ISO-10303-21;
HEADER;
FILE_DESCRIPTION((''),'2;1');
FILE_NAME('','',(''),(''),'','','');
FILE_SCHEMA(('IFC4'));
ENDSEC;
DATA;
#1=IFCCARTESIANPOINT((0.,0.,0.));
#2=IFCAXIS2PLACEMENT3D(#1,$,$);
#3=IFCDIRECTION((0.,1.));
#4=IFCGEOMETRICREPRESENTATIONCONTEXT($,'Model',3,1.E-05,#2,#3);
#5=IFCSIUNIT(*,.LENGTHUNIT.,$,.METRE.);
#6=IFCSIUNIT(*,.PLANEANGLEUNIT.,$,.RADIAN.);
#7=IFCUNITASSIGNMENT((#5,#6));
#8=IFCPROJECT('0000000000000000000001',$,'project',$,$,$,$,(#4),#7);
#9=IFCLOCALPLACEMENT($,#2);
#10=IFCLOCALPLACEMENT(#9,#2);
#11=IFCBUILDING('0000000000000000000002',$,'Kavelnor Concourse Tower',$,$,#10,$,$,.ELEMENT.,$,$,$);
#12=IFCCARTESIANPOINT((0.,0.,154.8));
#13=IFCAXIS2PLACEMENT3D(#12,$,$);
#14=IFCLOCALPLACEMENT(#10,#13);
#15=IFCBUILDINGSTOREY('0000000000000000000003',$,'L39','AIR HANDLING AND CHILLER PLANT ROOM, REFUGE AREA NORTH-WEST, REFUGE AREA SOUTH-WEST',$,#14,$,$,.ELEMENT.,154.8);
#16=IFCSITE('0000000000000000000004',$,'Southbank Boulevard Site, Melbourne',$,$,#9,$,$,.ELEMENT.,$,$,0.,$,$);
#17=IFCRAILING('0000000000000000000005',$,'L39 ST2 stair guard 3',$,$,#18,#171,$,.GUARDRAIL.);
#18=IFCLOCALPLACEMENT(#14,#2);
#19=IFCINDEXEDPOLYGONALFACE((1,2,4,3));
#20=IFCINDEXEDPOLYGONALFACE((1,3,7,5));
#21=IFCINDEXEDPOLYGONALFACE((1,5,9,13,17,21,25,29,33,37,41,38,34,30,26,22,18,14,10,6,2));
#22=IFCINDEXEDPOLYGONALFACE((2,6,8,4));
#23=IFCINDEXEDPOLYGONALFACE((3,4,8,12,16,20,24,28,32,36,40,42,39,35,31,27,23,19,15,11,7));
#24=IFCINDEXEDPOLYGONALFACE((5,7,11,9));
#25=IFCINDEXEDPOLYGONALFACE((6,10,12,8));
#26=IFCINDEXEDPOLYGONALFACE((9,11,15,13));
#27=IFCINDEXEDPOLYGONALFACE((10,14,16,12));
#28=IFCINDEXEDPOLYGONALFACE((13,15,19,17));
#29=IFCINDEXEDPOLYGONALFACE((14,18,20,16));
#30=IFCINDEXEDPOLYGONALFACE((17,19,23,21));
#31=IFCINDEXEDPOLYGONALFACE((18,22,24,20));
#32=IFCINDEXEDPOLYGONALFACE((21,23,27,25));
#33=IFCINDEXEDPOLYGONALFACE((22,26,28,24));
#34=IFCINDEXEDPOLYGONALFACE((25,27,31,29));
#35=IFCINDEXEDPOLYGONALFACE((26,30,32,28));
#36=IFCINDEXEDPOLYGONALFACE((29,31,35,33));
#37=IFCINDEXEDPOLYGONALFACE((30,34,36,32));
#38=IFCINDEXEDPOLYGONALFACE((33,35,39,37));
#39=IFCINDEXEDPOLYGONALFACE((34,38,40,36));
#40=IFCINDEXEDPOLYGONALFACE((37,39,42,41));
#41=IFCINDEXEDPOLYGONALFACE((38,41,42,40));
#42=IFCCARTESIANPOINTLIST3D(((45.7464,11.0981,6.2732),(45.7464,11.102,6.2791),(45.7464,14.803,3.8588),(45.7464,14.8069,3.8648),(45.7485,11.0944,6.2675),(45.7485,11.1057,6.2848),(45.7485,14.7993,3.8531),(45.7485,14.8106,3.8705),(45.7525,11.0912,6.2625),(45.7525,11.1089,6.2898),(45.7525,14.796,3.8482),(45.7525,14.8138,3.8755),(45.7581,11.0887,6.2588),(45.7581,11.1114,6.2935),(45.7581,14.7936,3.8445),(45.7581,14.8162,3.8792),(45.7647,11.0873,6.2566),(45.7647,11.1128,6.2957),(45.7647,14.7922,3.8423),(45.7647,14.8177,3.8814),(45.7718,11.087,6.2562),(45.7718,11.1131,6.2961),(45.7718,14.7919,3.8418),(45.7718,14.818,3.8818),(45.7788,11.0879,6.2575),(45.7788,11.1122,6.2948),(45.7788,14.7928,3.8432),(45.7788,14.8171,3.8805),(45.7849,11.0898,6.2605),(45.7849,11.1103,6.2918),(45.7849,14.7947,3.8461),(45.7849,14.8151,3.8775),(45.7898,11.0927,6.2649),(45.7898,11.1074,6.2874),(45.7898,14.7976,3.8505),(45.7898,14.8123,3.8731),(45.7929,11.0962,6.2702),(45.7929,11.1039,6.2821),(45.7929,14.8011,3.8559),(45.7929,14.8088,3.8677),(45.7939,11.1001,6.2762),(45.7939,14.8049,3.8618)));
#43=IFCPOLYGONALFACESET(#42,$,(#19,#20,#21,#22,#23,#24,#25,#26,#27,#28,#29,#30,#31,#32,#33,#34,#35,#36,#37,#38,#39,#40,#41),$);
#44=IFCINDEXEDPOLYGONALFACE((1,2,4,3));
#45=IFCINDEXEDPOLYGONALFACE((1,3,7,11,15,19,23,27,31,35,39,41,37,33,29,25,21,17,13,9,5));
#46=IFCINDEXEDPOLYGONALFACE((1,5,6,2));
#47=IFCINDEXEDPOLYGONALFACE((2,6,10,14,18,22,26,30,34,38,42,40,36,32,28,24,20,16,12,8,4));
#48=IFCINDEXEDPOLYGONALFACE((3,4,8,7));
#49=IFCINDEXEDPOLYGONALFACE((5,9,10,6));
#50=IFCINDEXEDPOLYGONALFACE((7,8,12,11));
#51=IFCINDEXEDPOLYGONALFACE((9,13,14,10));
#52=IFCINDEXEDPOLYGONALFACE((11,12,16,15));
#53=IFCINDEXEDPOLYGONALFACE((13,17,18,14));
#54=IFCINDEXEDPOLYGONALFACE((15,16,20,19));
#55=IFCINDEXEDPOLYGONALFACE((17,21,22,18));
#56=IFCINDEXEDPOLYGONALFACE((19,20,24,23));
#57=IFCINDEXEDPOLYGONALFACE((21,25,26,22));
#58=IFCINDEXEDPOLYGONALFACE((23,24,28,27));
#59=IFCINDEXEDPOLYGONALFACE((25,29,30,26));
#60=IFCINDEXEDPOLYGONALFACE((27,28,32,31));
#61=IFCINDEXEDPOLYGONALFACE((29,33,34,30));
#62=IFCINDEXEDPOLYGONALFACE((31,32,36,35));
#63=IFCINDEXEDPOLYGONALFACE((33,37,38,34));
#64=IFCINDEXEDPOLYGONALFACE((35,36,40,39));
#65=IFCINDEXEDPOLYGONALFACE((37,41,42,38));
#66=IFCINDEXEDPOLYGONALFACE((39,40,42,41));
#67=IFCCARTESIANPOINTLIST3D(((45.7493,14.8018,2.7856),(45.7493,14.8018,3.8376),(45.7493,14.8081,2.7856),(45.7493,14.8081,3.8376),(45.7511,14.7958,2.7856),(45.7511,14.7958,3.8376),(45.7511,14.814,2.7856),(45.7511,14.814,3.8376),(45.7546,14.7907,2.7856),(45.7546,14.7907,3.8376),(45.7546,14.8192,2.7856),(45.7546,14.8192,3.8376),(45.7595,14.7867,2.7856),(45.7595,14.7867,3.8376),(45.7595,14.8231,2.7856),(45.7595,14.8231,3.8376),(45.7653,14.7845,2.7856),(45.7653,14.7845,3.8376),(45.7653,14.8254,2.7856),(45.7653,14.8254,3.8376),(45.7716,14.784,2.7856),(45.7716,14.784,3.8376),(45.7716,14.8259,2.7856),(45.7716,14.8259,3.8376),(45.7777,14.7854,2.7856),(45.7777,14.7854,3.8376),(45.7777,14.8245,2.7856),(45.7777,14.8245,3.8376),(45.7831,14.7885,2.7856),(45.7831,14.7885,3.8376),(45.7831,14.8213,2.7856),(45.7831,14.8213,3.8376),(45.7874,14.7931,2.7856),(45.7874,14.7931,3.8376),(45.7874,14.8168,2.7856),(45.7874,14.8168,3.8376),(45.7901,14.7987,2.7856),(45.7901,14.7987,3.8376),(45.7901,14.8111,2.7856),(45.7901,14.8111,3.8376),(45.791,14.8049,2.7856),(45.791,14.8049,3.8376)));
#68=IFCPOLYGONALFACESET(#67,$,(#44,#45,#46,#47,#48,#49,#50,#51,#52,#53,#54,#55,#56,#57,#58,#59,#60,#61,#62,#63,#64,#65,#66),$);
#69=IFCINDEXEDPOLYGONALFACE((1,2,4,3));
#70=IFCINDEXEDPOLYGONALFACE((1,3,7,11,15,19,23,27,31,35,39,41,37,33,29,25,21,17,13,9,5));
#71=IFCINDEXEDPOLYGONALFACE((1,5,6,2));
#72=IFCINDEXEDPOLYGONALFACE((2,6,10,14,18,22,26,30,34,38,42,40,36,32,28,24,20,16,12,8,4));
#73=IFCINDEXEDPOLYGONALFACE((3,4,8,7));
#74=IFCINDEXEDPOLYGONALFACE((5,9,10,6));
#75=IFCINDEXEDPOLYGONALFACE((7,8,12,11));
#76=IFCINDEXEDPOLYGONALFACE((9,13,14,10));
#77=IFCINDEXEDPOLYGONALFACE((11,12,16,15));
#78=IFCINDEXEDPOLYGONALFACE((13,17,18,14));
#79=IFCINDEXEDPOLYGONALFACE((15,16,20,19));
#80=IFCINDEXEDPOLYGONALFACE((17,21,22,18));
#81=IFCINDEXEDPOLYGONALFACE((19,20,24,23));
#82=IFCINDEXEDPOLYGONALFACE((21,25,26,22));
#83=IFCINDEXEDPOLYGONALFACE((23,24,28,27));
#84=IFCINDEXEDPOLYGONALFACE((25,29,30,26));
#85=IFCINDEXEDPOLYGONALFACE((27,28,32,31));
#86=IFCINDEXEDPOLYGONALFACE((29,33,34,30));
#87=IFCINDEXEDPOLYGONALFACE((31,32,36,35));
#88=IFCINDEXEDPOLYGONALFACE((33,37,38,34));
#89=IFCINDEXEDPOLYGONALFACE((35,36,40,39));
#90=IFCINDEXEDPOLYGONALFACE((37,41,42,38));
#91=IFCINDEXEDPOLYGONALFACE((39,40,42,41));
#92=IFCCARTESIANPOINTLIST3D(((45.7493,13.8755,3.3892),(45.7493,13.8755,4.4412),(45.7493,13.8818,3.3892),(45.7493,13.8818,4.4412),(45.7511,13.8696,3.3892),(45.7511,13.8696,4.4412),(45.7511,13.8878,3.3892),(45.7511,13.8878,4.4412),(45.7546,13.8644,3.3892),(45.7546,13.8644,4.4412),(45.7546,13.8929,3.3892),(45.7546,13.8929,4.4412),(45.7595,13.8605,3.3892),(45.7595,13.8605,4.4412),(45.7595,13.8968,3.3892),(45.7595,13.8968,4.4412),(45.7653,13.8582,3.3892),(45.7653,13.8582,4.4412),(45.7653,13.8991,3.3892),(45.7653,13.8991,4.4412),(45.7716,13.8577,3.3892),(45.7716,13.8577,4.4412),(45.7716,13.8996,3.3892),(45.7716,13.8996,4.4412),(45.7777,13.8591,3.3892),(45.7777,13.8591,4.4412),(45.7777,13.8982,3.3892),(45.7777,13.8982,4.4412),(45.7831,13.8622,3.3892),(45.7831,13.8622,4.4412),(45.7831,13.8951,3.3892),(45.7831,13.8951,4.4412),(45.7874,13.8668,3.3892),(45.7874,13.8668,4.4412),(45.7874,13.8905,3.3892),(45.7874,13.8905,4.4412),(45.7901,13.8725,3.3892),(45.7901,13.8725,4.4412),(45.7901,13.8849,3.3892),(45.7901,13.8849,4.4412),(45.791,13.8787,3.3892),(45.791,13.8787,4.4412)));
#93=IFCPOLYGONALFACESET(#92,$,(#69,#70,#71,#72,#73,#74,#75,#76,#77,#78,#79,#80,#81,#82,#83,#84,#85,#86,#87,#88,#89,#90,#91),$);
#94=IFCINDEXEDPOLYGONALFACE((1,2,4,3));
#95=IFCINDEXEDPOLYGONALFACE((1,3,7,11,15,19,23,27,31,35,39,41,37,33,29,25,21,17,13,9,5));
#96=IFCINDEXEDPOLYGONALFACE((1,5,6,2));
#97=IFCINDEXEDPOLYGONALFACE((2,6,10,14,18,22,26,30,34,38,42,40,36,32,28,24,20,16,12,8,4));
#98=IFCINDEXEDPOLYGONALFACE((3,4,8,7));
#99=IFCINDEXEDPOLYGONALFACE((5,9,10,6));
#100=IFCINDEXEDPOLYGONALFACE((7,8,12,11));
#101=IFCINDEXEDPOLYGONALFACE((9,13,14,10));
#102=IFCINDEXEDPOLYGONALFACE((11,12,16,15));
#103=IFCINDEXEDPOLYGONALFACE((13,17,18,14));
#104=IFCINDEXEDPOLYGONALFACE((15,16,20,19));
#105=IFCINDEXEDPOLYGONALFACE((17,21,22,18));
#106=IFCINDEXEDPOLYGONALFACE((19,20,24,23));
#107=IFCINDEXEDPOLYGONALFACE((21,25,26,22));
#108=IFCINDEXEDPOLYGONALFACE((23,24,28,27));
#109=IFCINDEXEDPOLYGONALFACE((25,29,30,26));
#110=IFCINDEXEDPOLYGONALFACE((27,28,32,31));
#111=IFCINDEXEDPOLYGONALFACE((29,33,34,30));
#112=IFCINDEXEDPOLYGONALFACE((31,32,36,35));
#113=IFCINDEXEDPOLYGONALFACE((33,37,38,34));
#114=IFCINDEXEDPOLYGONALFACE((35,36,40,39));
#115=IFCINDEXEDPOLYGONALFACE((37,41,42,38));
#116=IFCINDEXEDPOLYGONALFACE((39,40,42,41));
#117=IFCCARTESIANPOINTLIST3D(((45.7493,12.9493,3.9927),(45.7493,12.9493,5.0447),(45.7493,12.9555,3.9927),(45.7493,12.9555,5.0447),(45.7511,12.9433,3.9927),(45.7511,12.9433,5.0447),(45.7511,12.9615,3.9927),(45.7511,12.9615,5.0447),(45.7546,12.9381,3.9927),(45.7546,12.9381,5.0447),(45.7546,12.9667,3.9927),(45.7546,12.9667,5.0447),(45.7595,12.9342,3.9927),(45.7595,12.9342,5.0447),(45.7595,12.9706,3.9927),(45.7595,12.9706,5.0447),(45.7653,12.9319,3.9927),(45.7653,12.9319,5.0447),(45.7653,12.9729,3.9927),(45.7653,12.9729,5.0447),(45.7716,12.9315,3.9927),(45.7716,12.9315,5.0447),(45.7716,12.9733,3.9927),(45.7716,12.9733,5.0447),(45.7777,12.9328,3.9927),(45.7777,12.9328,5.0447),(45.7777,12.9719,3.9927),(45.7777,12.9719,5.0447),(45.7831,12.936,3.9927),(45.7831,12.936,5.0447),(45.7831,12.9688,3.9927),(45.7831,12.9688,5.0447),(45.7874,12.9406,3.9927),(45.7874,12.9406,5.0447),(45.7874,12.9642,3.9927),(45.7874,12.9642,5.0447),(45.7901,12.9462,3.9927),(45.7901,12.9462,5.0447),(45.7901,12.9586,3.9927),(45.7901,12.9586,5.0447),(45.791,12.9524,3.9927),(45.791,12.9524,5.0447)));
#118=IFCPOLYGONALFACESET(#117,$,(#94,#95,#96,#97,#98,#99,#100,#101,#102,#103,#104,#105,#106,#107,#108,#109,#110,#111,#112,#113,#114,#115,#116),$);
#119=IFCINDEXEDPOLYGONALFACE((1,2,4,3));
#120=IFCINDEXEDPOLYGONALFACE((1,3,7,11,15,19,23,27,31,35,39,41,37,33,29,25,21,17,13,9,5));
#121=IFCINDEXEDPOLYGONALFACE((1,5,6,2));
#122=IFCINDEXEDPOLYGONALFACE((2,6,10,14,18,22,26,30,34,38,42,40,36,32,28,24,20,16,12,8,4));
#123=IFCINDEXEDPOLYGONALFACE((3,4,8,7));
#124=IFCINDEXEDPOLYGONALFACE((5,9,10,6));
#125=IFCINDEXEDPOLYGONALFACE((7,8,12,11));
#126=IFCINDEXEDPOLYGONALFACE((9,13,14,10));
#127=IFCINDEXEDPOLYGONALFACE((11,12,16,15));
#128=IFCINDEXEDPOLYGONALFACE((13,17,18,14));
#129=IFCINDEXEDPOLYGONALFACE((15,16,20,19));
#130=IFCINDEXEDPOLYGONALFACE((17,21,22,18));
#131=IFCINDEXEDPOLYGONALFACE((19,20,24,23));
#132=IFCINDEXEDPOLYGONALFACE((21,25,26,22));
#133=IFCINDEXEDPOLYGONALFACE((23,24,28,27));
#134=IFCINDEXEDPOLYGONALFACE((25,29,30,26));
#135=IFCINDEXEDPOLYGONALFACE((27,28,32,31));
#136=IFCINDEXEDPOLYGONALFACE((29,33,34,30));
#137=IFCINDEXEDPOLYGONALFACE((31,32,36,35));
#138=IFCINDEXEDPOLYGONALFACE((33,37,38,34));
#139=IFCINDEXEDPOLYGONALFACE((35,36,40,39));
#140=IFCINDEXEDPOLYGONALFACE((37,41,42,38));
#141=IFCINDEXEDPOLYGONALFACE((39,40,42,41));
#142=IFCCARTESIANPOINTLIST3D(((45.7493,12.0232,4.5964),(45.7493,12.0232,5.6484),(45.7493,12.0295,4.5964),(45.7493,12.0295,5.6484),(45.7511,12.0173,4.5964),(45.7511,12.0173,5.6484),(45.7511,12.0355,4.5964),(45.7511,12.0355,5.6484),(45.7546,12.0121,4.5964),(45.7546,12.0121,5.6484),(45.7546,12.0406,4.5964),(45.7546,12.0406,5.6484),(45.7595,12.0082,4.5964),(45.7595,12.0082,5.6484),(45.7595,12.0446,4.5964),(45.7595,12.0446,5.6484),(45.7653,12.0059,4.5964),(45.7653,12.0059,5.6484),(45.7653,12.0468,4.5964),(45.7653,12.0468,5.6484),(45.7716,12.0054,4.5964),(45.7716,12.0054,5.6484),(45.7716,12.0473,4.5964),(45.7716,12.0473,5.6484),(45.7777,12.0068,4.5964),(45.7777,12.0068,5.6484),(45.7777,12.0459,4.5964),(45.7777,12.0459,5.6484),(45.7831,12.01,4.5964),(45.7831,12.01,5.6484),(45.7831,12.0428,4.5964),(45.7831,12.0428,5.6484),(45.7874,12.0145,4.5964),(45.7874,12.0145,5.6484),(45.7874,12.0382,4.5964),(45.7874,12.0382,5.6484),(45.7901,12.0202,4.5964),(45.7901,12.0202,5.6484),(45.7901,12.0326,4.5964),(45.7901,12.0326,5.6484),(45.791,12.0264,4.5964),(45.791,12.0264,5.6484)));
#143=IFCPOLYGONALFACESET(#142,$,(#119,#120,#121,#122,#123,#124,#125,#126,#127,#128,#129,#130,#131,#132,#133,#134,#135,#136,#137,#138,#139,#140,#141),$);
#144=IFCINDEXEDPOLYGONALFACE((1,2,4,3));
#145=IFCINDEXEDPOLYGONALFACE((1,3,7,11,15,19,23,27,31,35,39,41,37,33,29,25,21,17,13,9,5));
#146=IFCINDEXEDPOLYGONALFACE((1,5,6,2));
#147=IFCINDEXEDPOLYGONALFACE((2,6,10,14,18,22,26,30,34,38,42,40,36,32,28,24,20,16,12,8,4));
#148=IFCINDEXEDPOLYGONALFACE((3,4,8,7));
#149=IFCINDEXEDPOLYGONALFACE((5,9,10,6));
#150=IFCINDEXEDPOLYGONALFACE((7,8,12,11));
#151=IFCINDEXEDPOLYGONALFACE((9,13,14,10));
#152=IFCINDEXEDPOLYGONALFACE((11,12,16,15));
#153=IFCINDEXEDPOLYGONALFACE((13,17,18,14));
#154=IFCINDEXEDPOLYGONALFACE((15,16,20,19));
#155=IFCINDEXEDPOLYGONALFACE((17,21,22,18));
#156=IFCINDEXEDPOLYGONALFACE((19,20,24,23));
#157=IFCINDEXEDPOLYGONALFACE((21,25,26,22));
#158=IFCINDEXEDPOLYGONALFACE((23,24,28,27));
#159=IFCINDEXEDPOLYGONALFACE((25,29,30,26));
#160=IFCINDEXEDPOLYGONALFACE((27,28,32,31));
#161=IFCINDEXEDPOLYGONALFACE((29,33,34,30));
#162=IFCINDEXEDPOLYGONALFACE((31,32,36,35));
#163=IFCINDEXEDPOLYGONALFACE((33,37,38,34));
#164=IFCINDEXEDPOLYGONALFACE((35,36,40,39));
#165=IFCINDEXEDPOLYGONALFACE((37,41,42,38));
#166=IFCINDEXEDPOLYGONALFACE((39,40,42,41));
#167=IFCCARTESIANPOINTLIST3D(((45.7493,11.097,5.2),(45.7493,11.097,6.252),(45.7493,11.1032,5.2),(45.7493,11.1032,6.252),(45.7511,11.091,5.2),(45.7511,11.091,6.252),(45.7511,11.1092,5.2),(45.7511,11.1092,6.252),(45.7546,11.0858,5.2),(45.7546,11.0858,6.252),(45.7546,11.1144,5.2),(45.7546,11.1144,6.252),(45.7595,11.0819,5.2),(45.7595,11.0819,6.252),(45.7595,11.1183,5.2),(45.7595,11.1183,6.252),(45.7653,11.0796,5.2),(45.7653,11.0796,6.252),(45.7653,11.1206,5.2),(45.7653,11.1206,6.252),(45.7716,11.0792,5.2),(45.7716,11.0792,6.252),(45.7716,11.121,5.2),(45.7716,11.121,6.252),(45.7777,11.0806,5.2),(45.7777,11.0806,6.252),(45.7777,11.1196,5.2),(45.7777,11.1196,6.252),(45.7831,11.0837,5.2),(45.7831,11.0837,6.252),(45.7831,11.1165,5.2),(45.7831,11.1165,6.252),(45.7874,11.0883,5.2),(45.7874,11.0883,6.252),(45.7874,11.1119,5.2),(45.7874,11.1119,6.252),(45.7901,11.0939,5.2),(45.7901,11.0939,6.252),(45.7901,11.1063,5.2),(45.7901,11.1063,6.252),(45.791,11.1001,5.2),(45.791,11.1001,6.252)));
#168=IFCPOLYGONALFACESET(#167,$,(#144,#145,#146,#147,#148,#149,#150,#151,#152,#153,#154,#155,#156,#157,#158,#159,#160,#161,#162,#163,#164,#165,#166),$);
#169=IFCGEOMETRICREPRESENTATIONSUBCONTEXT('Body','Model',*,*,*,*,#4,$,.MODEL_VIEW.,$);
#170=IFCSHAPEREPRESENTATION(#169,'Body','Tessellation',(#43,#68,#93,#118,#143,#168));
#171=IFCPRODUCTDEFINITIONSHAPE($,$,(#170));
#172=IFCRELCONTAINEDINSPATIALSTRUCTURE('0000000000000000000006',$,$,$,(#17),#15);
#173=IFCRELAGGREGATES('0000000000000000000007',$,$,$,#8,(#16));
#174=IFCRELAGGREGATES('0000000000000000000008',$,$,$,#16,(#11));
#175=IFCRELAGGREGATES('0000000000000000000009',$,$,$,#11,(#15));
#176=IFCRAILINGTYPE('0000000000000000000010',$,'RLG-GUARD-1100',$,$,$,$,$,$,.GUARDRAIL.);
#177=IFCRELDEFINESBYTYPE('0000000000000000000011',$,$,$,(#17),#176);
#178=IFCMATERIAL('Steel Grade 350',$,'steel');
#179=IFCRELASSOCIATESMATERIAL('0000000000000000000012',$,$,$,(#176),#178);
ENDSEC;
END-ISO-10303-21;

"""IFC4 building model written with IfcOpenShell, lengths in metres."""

from ifc_helpers import new_model, si_unit, direction, frame, origin, origin_2d, place, context, subcontext, project, spatial, circle, extrude, material, type_object, element, save


model = new_model("IFC4")

# Units and contexts
model_context = context("Model", 3, precision=1e-05, world=origin(), true_north=direction((0.0, 1.0)))
body_context = subcontext(model_context, "Body", "Model", "MODEL_VIEW")
ifc_project = project(units=[si_unit("LENGTHUNIT", "METRE"), si_unit("PLANEANGLEUNIT", "RADIAN")], contexts=[model_context])

# Site, building, storey
site_placement = place(None, origin())
site = spatial("IfcSite", under=ifc_project, at=site_placement, Name="Southbank Boulevard Site, Melbourne", CompositionType="ELEMENT", RefElevation=0.0)
building_placement = place(site_placement, origin())
building = spatial("IfcBuilding", under=site, at=building_placement, Name="Kavelnor Concourse Tower", CompositionType="ELEMENT")
storey_placement = place(building_placement, frame((0.0, 0.0, 154.8)))
storey = spatial("IfcBuildingStorey", under=building, at=storey_placement, Name="L39", Description="AIR HANDLING AND CHILLER PLANT ROOM, REFUGE AREA NORTH-WEST, REFUGE AREA SOUTH-WEST", CompositionType="ELEMENT", Elevation=154.8)

# Shared definitions
ifc_material_1 = material(Name="Steel Grade 350", Category="steel")

# Railing
railing_type_1 = type_object("IfcRailingType", Name="RLG-GUARD-1100", PredefinedType="GUARDRAIL", material=ifc_material_1)
railing_1_placement = place(storey_placement, frame((45.77, 14.8049, 2.7856)))
element("IfcRailing", 1, at=railing_1_placement, inside=storey, type_object=railing_type_1, Name="L39 ST2 stair guard 3", PredefinedType="GUARDRAIL", context=body_context, shape_type="SweptSolid", body=[
    extrude(circle(Radius=0.0239, at=origin_2d()), frame((0.0, 0.0, 1.0762), z_axis=(0.0, -0.837806, 0.545968), x_axis=(1.0, 0.0, 0.0)), (0.0, 0.0, 1.0), 4.4221),
    extrude(circle(Radius=0.021, at=origin_2d()), origin(), (0.0, 0.0, 1.0), 1.052),
    extrude(circle(Radius=0.021, at=origin_2d()), frame((0.0, -0.9263, 0.6035)), (0.0, 0.0, 1.0), 1.052),
    extrude(circle(Radius=0.021, at=origin_2d()), frame((0.0, -1.8525, 1.207)), (0.0, 0.0, 1.0), 1.052),
    extrude(circle(Radius=0.021, at=origin_2d()), frame((0.0, -2.7786, 1.8108)), (0.0, 0.0, 1.0), 1.052),
    extrude(circle(Radius=0.021, at=origin_2d()), frame((0.0, -3.7048, 2.4143)), (0.0, 0.0, 1.0), 1.052),
])

save(model, "model.ifc")
